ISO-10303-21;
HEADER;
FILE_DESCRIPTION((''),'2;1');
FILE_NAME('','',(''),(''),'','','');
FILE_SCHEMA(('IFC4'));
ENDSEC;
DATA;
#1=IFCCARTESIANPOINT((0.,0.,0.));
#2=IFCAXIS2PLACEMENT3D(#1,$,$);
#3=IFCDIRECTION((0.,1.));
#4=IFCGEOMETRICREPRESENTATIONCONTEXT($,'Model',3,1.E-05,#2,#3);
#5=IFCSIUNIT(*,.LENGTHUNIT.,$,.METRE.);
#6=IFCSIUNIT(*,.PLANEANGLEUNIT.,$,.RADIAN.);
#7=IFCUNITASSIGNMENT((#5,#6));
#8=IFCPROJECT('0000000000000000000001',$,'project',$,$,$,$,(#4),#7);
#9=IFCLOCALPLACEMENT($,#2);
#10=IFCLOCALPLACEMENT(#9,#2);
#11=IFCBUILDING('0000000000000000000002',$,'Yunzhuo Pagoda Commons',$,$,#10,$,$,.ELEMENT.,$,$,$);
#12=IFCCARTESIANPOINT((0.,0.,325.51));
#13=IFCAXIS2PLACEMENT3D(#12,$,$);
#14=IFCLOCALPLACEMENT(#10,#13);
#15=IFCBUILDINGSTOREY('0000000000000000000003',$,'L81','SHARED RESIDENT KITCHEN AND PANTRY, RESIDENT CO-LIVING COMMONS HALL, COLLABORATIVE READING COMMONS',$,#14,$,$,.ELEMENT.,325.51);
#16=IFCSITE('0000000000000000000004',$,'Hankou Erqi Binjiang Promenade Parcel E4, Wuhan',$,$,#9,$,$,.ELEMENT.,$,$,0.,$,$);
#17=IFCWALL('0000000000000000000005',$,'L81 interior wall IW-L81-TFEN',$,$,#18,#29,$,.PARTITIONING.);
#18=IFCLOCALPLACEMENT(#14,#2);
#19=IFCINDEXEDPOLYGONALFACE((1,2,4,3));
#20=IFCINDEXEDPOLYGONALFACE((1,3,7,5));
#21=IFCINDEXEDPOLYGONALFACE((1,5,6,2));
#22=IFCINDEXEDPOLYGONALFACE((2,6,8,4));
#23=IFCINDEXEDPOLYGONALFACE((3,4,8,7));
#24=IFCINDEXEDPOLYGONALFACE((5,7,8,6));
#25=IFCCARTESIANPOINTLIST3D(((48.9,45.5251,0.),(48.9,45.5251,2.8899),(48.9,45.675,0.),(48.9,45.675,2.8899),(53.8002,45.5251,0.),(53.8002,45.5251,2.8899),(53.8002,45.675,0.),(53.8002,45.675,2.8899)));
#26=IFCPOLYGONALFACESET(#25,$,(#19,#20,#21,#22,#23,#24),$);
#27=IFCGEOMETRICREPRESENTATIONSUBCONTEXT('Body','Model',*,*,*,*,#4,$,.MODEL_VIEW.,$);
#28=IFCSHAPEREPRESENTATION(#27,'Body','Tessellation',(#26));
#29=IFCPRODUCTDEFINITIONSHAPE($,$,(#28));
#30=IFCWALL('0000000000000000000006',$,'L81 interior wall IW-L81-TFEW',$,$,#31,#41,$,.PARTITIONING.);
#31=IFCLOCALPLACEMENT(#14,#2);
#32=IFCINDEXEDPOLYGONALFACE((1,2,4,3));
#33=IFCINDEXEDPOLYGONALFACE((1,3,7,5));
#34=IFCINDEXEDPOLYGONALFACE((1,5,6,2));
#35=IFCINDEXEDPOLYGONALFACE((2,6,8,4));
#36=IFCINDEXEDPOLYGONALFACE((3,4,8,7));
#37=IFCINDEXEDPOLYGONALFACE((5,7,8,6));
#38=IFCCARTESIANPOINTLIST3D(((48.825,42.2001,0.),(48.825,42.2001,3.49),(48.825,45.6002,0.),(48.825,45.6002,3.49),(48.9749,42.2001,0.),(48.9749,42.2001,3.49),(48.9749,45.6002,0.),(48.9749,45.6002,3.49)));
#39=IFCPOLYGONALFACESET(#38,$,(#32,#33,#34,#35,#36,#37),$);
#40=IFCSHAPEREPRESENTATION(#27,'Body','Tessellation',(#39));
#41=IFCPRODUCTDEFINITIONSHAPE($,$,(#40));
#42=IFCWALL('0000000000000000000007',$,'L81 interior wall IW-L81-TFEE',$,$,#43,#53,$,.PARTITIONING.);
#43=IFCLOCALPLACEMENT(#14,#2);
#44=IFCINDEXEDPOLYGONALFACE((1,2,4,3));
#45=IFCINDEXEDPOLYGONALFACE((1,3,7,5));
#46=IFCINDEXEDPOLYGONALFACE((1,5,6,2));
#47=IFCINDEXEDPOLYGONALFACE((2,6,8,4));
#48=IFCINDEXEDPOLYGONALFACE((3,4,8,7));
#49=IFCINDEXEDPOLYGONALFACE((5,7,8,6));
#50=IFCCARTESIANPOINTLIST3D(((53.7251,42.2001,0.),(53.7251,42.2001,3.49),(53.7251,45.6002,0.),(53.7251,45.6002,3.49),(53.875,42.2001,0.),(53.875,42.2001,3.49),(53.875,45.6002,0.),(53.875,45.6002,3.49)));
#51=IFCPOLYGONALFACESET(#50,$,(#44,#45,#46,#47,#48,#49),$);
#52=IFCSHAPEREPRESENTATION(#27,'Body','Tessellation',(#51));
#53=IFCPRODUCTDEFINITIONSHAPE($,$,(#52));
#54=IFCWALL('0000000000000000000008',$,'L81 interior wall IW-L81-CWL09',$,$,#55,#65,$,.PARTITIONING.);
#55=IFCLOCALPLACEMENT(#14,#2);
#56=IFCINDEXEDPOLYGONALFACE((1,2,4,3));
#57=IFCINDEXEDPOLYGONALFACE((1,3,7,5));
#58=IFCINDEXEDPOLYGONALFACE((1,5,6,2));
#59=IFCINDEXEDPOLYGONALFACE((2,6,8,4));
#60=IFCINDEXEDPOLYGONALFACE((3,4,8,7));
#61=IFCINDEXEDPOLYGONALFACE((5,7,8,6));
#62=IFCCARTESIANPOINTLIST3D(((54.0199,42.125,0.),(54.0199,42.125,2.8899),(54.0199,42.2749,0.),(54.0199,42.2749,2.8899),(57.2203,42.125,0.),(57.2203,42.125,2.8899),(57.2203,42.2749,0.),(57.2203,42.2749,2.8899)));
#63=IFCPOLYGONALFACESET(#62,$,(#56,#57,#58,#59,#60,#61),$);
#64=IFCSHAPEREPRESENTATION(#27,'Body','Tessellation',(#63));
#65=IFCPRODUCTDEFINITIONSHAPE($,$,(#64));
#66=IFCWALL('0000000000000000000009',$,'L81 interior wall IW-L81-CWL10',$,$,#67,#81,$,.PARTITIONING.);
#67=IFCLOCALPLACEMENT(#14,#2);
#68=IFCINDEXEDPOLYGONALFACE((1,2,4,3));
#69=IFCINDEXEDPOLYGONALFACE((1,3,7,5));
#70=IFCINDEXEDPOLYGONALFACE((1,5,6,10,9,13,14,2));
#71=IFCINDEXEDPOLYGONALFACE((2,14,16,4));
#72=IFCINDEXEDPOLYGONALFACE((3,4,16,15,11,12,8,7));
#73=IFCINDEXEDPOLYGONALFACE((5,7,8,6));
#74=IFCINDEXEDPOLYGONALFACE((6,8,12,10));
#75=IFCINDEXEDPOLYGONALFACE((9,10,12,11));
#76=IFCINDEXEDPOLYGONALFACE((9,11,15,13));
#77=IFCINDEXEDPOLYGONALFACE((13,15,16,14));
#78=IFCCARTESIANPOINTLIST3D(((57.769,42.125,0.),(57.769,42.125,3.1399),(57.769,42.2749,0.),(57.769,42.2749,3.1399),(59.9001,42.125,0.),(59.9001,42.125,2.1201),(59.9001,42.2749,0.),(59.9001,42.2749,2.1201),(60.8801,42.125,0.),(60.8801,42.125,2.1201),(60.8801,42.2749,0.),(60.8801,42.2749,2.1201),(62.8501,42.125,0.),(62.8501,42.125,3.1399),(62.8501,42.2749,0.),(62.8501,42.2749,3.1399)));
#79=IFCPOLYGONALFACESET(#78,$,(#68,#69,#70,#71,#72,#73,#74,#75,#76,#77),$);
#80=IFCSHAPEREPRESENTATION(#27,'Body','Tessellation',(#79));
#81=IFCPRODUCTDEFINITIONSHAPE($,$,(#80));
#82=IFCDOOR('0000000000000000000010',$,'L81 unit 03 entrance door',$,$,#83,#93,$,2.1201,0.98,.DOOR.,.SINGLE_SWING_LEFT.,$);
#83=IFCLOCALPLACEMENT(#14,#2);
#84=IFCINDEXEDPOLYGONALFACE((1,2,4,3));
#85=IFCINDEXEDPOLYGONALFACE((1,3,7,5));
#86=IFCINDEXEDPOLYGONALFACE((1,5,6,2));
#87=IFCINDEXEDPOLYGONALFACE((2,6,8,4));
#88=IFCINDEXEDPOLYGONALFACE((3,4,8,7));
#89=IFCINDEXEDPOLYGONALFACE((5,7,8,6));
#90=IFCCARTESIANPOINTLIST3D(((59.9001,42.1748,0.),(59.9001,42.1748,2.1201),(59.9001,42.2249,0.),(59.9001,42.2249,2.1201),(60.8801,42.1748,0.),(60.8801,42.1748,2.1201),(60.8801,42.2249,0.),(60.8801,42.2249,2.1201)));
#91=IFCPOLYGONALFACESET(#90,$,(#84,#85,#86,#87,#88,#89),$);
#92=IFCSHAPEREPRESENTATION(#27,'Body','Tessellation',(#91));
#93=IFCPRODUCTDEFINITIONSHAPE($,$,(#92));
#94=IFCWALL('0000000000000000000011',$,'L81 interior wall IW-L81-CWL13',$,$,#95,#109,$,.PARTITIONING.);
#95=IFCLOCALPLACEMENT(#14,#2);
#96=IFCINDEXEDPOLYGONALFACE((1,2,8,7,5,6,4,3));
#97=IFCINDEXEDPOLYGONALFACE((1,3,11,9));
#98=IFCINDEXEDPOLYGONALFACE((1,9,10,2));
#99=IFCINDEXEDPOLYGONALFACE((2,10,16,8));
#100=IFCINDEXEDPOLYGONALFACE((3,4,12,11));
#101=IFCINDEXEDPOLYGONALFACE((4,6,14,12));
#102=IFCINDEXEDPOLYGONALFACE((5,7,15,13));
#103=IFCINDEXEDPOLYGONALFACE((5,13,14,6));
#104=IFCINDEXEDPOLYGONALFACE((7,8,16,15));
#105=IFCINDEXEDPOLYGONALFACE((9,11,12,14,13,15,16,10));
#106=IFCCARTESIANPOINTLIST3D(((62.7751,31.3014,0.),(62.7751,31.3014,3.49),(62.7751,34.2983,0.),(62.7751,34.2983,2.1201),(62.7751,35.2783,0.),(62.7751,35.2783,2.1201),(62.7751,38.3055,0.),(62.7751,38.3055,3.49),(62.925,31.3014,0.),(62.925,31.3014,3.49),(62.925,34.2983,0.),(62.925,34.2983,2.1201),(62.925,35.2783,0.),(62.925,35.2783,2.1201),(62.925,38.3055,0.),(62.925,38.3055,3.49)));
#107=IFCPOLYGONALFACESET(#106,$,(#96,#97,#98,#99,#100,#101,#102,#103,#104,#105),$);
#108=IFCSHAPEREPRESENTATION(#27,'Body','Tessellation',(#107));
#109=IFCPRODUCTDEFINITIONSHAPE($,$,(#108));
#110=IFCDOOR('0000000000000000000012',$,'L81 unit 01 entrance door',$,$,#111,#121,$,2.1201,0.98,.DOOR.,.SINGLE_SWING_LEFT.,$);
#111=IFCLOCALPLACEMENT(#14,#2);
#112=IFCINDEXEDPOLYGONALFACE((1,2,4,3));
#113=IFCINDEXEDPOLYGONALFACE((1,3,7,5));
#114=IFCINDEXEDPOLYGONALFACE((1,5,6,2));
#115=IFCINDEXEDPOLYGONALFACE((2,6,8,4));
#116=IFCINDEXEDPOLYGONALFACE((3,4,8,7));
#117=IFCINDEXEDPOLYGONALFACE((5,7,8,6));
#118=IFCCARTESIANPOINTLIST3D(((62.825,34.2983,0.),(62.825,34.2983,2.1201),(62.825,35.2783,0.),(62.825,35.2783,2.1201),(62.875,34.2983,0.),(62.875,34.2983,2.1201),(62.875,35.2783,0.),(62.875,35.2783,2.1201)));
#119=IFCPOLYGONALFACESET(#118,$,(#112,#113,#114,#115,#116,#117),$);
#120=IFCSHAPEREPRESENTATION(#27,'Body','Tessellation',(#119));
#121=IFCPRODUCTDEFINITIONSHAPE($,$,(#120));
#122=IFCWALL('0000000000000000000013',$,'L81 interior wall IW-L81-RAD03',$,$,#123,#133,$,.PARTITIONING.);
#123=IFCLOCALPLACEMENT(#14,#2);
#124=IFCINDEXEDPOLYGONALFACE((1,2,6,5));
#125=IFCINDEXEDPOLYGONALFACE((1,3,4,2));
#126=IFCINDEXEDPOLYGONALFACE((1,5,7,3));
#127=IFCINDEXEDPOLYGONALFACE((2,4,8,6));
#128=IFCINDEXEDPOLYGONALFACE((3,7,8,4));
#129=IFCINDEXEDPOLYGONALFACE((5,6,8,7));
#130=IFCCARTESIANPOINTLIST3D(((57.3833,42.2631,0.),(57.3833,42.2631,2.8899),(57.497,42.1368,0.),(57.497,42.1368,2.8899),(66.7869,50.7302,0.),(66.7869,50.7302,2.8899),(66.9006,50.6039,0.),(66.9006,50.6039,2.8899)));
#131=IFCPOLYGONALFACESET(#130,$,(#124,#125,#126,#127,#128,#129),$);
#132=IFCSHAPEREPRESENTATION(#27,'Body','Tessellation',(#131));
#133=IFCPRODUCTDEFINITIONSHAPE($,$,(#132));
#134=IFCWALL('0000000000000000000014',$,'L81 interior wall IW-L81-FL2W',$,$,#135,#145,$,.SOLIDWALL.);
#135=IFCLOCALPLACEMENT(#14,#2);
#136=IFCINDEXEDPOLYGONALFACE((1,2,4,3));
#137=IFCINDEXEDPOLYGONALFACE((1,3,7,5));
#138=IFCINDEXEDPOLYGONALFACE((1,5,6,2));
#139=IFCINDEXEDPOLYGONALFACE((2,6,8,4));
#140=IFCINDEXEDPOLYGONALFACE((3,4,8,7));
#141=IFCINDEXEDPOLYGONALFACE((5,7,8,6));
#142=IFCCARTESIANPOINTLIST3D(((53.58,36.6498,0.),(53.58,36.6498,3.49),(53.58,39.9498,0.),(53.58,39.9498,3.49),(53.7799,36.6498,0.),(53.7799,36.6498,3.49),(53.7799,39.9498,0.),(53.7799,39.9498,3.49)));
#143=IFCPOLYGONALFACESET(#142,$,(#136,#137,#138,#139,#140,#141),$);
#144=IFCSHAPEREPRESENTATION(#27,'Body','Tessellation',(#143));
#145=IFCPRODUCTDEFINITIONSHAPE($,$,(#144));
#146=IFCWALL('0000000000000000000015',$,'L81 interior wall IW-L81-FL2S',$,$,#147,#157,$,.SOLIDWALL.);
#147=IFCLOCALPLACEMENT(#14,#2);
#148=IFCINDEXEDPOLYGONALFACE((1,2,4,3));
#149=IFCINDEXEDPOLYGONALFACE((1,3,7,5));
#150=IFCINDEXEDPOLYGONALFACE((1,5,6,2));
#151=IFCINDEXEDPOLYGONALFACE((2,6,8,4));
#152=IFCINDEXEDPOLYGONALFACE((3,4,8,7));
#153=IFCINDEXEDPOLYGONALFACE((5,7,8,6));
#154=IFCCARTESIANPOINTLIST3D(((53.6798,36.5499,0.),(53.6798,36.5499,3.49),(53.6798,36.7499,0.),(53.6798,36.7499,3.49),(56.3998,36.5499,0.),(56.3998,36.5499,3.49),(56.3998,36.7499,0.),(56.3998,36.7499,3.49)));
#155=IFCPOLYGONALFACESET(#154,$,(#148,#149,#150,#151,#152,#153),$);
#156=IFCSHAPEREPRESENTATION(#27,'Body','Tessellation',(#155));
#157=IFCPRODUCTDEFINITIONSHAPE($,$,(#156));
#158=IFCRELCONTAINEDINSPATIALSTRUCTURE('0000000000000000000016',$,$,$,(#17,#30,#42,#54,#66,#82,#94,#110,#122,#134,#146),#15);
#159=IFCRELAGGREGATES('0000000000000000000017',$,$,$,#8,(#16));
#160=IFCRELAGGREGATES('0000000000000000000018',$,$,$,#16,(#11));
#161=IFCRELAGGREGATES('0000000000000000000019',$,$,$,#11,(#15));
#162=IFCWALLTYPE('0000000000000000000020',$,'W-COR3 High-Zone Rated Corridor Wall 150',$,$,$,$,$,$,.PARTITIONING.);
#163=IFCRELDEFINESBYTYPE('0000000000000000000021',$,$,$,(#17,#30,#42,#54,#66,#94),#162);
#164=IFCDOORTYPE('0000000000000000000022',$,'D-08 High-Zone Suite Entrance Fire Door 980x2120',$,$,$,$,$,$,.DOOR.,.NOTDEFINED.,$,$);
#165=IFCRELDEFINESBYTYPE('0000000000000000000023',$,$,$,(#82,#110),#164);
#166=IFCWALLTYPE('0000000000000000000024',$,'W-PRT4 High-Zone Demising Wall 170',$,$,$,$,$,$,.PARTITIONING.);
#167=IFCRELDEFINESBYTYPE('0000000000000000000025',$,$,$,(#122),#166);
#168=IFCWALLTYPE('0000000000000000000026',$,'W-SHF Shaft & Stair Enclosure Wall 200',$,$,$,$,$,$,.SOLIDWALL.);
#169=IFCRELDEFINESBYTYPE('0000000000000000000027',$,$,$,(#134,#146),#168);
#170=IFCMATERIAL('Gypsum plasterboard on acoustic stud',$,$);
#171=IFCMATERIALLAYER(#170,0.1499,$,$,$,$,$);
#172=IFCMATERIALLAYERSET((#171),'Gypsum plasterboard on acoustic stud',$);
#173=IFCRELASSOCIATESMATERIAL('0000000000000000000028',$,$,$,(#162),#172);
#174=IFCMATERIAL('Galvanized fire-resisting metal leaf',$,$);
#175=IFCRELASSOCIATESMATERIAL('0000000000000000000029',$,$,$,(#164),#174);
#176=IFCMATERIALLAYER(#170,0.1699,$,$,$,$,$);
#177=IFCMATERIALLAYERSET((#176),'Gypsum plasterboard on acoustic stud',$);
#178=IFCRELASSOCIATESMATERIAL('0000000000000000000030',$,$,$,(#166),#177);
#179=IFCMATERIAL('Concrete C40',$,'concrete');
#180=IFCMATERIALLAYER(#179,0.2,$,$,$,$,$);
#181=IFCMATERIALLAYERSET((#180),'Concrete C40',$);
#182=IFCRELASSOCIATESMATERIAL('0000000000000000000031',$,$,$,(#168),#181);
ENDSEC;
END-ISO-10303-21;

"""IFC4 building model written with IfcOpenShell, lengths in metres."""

from ifc_helpers import new_model, si_unit, direction, frame, frame_2d, origin, origin_with_axes, place, context, subcontext, project, spatial, rectangle, extrude, source, transform, mapped, material, layer, layer_set, type_object, element, fill, save


model = new_model("IFC4")

# Units and contexts
model_context = context("Model", 3, precision=1e-05, world=origin(), true_north=direction((0.0, 1.0)))
body_context = subcontext(model_context, "Body", "Model", "MODEL_VIEW")
ifc_project = project(units=[si_unit("LENGTHUNIT", "METRE"), si_unit("PLANEANGLEUNIT", "RADIAN")], contexts=[model_context])

# Site, building, storey
site_placement = place(None, origin())
site = spatial("IfcSite", under=ifc_project, at=site_placement, Name="Hankou Erqi Binjiang Promenade Parcel E4, Wuhan", CompositionType="ELEMENT", RefElevation=0.0)
building_placement = place(site_placement, origin())
building = spatial("IfcBuilding", under=site, at=building_placement, Name="Yunzhuo Pagoda Commons", CompositionType="ELEMENT")
storey_placement = place(building_placement, frame((0.0, 0.0, 325.51)))
storey = spatial("IfcBuildingStorey", under=building, at=storey_placement, Name="L81", Description="SHARED RESIDENT KITCHEN AND PANTRY, RESIDENT CO-LIVING COMMONS HALL, COLLABORATIVE READING COMMONS", CompositionType="ELEMENT", Elevation=325.51)

# Shared definitions
ifc_material_1 = material(Name="Galvanized fire-resisting metal leaf")

# Shared definitions
ifc_material_2 = material(Name="Gypsum plasterboard on acoustic stud")
ifc_layer_1 = layer(ifc_material_2, 0.1499)
ifc_layer_set_1 = layer_set([ifc_layer_1], Name="Gypsum plasterboard on acoustic stud")
wall_type_1 = type_object("IfcWallType", Name="W-COR3 High-Zone Rated Corridor Wall 150", PredefinedType="PARTITIONING", material=ifc_layer_set_1)

# Walls
wall_1_placement = place(storey_placement, frame((48.8999, 45.6001, 0.0), z_axis=(0.0, 0.0, 1.0), x_axis=(1.0, 0.0, 0.0)))
element("IfcWall", 1, at=wall_1_placement, inside=storey, type_object=wall_type_1, Name="L81 interior wall IW-L81-TFEN", PredefinedType="PARTITIONING", context=body_context, shape_type="SweptSolid", body=[
    extrude(rectangle(XDim=4.9001, YDim=0.1499, at=frame_2d((2.4502, 0.0))), origin(), (0.0, 0.0, 1.0), 2.8899),
])
for number, where, z_axis, x_axis, name in (
    (2, (48.8999, 42.2, 0.0), (0.0, 0.0, 1.0), (0.0, 1.0, 0.0), "L81 interior wall IW-L81-TFEW"),
    (3, (53.8, 42.2, 0.0), (0.0, 0.0, 1.0), (0.0, 1.0, 0.0), "L81 interior wall IW-L81-TFEE"),
):
    element("IfcWall", number, at=place(storey_placement, frame(where, z_axis=z_axis, x_axis=x_axis)), inside=storey, type_object=wall_type_1, Name=name, PredefinedType="PARTITIONING", context=body_context, shape_type="SweptSolid", body=[
        extrude(rectangle(XDim=3.4001, YDim=0.1499, at=frame_2d((1.7002, 0.0))), origin(), (0.0, 0.0, 1.0), 3.49),
    ])
wall_2_placement = place(storey_placement, frame((54.02, 42.2, 0.0), z_axis=(0.0, 0.0, 1.0), x_axis=(1.0, 0.0, 0.0)))
element("IfcWall", 4, at=wall_2_placement, inside=storey, type_object=wall_type_1, Name="L81 interior wall IW-L81-CWL09", PredefinedType="PARTITIONING", context=body_context, shape_type="SweptSolid", body=[
    extrude(rectangle(XDim=3.2004, YDim=0.1499, at=frame_2d((1.6001, 0.0))), origin(), (0.0, 0.0, 1.0), 2.8899),
])

# Walls, openings, doors
wall_3_placement = place(storey_placement, frame((57.769, 42.2, 0.0), z_axis=(0.0, 0.0, 1.0), x_axis=(1.0, 0.0, 0.0)))
wall_3 = element("IfcWall", 5, at=wall_3_placement, inside=storey, type_object=wall_type_1, Name="L81 interior wall IW-L81-CWL10", PredefinedType="PARTITIONING", context=body_context, shape_type="SweptSolid", body=[
    extrude(rectangle(XDim=5.0811, YDim=0.1499, at=frame_2d((2.5405, 0.0))), origin(), (0.0, 0.0, 1.0), 3.1399),
])
opening_1_placement = place(wall_3_placement, frame((2.1311, 0.0, 0.0)))
opening_1 = element("IfcOpeningElement", 6, at=opening_1_placement, cuts=wall_3, PredefinedType="OPENING", context=body_context, shape_type="SweptSolid", body=[
    extrude(rectangle(XDim=0.98, YDim=2.1201, at=frame_2d((0.49, 1.0601))), frame((0.0, 0.085, 0.0), z_axis=(0.0, -1.0, 0.0), x_axis=(1.0, 0.0, 0.0)), (0.0, 0.0, 1.0), 0.1699),
])
door_type_1 = type_object("IfcDoorType", Name="D-08 High-Zone Suite Entrance Fire Door 980x2120", OperationType="NOTDEFINED", PredefinedType="DOOR", material=ifc_material_1)
shared_shape_1 = source(origin(), body_context, "Body", "SweptSolid", [
    extrude(rectangle(XDim=0.98, YDim=2.1201, at=frame_2d((0.49, 1.0601))), frame((0.0, 0.0249, 0.0), z_axis=(0.0, -1.0, 0.0), x_axis=(1.0, 0.0, 0.0)), (0.0, 0.0, 1.0), 0.05),
])
door_1_placement = place(opening_1_placement, origin_with_axes())
door_1 = element("IfcDoor", 7, at=door_1_placement, inside=storey, type_object=door_type_1, Name="L81 unit 03 entrance door", OperationType="SINGLE_SWING_LEFT", OverallHeight=2.1201, OverallWidth=0.98, PredefinedType="DOOR", context=body_context, shape_type="MappedRepresentation", body=[
    mapped(shared_shape_1, transform((0.0, 0.0, 0.0), scale=1.0)),
])
fill(opening_1, door_1)
wall_4_placement = place(storey_placement, frame((62.8501, 38.3054, 0.0), z_axis=(0.0, 0.0, 1.0), x_axis=(0.0, -1.0, 0.0)))
wall_4 = element("IfcWall", 8, at=wall_4_placement, inside=storey, type_object=wall_type_1, Name="L81 interior wall IW-L81-CWL13", PredefinedType="PARTITIONING", context=body_context, shape_type="SweptSolid", body=[
    extrude(rectangle(XDim=7.0042, YDim=0.1499, at=frame_2d((3.502, 0.0))), origin(), (0.0, 0.0, 1.0), 3.49),
])
opening_2_placement = place(wall_4_placement, frame((3.0271, 0.0, 0.0)))
opening_2 = element("IfcOpeningElement", 9, at=opening_2_placement, cuts=wall_4, PredefinedType="OPENING", context=body_context, shape_type="SweptSolid", body=[
    extrude(rectangle(XDim=0.98, YDim=2.1201, at=frame_2d((0.49, 1.0601))), frame((0.0, 0.085, 0.0), z_axis=(0.0, -1.0, 0.0), x_axis=(1.0, 0.0, 0.0)), (0.0, 0.0, 1.0), 0.1699),
])
door_2_placement = place(opening_2_placement, origin_with_axes())
door_2 = element("IfcDoor", 10, at=door_2_placement, inside=storey, type_object=door_type_1, Name="L81 unit 01 entrance door", OperationType="SINGLE_SWING_LEFT", OverallHeight=2.1201, OverallWidth=0.98, PredefinedType="DOOR", context=body_context, shape_type="MappedRepresentation", body=[
    mapped(shared_shape_1, transform((0.0, 0.0, 0.0), scale=1.0)),
])
fill(opening_2, door_2)

# Walls
ifc_layer_2 = layer(ifc_material_2, 0.1699)
ifc_layer_set_2 = layer_set([ifc_layer_2], Name="Gypsum plasterboard on acoustic stud")
wall_type_2 = type_object("IfcWallType", Name="W-PRT4 High-Zone Demising Wall 170", PredefinedType="PARTITIONING", material=ifc_layer_set_2)
wall_5_placement = place(storey_placement, frame((57.4402, 42.2, 0.0), z_axis=(0.0, 0.0, 1.0), x_axis=(0.743144, 0.669132, 0.0)))
element("IfcWall", 11, at=wall_5_placement, inside=storey, type_object=wall_type_2, Name="L81 interior wall IW-L81-RAD03", PredefinedType="PARTITIONING", context=body_context, shape_type="SweptSolid", body=[
    extrude(rectangle(XDim=12.6538, YDim=0.1699, at=frame_2d((6.3269, 0.0))), origin(), (0.0, 0.0, 1.0), 2.8899),
])
ifc_material_3 = material(Name="Concrete C40", Category="concrete")
ifc_layer_3 = layer(ifc_material_3, 0.2)
ifc_layer_set_3 = layer_set([ifc_layer_3], Name="Concrete C40")
wall_type_3 = type_object("IfcWallType", Name="W-SHF Shaft & Stair Enclosure Wall 200", PredefinedType="SOLIDWALL", material=ifc_layer_set_3)
wall_6_placement = place(storey_placement, frame((53.6799, 36.6499, 0.0), z_axis=(0.0, 0.0, 1.0), x_axis=(0.0, 1.0, 0.0)))
element("IfcWall", 12, at=wall_6_placement, inside=storey, type_object=wall_type_3, Name="L81 interior wall IW-L81-FL2W", PredefinedType="SOLIDWALL", context=body_context, shape_type="SweptSolid", body=[
    extrude(rectangle(XDim=3.3, YDim=0.2, at=frame_2d((1.6499, 0.0))), origin(), (0.0, 0.0, 1.0), 3.49),
])
wall_7_placement = place(storey_placement, frame((53.6799, 36.6499, 0.0), z_axis=(0.0, 0.0, 1.0), x_axis=(1.0, 0.0, 0.0)))
element("IfcWall", 13, at=wall_7_placement, inside=storey, type_object=wall_type_3, Name="L81 interior wall IW-L81-FL2S", PredefinedType="SOLIDWALL", context=body_context, shape_type="SweptSolid", body=[
    extrude(rectangle(XDim=2.72, YDim=0.2, at=frame_2d((1.3599, 0.0))), origin(), (0.0, 0.0, 1.0), 3.49),
])

save(model, "model.ifc")
